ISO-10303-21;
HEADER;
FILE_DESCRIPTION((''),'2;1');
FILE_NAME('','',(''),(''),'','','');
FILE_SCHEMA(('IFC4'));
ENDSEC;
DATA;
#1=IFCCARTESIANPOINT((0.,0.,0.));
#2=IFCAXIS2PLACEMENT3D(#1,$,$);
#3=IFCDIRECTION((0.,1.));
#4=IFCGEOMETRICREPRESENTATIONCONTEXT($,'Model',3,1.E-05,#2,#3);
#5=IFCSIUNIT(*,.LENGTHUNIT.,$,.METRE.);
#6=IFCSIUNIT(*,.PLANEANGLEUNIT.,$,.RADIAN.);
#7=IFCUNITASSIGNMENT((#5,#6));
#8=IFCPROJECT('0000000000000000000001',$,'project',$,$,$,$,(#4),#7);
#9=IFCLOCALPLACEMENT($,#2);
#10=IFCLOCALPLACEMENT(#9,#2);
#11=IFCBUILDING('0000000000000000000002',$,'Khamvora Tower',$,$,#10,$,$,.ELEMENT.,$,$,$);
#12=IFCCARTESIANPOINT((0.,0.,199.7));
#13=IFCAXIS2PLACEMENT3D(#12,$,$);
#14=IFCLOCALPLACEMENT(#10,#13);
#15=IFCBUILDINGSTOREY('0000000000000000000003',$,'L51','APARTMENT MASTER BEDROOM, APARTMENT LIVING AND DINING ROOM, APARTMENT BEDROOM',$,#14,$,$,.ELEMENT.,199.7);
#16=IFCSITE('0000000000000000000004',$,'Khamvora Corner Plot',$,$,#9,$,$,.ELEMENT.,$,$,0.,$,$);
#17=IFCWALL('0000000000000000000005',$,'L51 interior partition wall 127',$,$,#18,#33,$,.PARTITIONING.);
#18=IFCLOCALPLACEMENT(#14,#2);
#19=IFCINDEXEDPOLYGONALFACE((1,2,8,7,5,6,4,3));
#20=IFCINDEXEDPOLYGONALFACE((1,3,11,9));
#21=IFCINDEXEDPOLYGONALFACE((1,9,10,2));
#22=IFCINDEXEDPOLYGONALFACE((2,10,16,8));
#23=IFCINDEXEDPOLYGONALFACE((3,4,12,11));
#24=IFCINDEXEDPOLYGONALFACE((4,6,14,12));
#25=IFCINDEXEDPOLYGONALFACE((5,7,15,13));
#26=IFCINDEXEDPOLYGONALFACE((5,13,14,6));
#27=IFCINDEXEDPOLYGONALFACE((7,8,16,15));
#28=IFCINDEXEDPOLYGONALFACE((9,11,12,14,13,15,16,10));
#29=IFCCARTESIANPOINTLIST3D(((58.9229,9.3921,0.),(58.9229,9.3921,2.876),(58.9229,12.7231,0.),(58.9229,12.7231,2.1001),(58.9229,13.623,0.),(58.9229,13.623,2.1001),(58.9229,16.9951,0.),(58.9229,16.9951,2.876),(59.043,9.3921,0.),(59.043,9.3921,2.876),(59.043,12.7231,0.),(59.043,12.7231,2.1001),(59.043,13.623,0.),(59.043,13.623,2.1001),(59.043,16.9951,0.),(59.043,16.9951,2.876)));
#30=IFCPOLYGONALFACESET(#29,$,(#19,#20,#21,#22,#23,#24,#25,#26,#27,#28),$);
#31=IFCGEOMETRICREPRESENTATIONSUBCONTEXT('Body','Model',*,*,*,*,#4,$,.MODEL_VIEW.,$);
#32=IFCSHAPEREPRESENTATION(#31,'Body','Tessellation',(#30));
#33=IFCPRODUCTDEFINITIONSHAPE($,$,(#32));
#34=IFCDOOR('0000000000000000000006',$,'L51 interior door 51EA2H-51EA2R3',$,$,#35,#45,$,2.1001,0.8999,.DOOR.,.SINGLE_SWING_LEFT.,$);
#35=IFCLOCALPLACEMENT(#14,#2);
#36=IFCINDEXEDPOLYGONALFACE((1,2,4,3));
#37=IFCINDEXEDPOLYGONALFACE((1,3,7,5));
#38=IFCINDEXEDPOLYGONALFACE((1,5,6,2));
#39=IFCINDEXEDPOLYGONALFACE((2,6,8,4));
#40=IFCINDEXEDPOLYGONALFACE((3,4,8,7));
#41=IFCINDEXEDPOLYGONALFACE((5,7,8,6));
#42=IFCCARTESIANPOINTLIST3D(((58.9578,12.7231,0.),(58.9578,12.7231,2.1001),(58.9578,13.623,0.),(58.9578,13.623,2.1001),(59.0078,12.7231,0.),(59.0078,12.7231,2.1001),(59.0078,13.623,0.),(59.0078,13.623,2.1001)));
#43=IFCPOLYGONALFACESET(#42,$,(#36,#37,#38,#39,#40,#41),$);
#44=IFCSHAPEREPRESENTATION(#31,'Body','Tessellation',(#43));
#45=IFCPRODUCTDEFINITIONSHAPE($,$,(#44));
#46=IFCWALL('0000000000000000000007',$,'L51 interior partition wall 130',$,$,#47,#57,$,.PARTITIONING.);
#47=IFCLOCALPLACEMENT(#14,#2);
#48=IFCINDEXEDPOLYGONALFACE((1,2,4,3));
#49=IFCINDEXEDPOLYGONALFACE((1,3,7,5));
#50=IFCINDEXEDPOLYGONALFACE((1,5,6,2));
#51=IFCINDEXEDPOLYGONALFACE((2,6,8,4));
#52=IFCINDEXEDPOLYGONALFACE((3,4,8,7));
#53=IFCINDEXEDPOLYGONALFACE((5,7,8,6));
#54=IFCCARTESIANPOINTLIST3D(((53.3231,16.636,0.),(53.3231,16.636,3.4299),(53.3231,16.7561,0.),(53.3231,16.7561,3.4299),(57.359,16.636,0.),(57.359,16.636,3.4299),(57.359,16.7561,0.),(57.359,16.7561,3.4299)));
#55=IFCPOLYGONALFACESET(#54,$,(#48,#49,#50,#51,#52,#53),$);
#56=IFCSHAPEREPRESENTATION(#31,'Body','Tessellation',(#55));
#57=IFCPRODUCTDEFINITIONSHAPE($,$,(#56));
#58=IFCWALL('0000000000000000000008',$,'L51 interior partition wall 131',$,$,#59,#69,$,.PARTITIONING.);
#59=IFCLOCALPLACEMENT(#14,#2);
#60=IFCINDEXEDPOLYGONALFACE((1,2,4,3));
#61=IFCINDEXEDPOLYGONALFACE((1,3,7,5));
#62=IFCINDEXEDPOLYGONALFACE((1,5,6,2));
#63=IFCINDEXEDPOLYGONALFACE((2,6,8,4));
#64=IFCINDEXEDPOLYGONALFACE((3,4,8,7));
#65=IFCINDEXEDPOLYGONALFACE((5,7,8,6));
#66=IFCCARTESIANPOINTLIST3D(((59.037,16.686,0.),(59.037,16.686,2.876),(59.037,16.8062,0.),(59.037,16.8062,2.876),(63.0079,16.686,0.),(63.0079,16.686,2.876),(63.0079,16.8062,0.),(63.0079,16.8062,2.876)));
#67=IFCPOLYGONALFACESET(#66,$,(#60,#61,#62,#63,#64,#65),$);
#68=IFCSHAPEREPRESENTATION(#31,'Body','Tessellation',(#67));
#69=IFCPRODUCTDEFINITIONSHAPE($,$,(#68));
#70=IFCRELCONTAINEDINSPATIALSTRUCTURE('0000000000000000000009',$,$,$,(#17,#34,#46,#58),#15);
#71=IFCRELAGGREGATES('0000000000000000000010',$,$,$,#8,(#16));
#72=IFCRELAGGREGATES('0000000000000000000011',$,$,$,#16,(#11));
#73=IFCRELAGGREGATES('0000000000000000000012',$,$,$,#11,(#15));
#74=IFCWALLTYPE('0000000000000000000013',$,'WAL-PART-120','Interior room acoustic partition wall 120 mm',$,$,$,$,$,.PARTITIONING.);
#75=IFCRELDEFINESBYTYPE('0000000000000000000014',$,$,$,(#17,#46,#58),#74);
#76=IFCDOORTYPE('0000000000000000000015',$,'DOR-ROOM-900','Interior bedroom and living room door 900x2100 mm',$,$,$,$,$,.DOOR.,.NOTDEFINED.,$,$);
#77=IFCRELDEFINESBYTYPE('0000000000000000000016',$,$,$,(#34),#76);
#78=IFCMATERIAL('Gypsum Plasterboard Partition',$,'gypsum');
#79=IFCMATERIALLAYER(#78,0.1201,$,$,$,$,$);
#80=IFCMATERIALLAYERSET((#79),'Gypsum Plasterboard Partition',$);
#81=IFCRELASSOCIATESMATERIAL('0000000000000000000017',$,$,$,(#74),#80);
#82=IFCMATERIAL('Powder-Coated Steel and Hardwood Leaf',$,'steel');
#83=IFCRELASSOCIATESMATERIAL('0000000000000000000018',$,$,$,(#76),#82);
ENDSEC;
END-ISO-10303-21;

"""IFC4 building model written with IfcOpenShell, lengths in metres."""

from ifc_helpers import new_model, si_unit, direction, frame, frame_2d, origin, place, context, subcontext, project, spatial, rectangle, extrude, material, layer, layer_set, type_object, element, fill, save


model = new_model("IFC4")

# Units and contexts
model_context = context("Model", 3, precision=1e-05, world=origin(), true_north=direction((0.0, 1.0)))
body_context = subcontext(model_context, "Body", "Model", "MODEL_VIEW")
ifc_project = project(units=[si_unit("LENGTHUNIT", "METRE"), si_unit("PLANEANGLEUNIT", "RADIAN")], contexts=[model_context])

# Site, building, storey
site_placement = place(None, origin())
site = spatial("IfcSite", under=ifc_project, at=site_placement, Name="Khamvora Corner Plot", CompositionType="ELEMENT", RefElevation=0.0)
building_placement = place(site_placement, origin())
building = spatial("IfcBuilding", under=site, at=building_placement, Name="Khamvora Tower", CompositionType="ELEMENT")
storey_placement = place(building_placement, frame((0.0, 0.0, 199.7)))
storey = spatial("IfcBuildingStorey", under=building, at=storey_placement, Name="L51", Description="APARTMENT MASTER BEDROOM, APARTMENT LIVING AND DINING ROOM, APARTMENT BEDROOM", CompositionType="ELEMENT", Elevation=199.7)

# Wall, opening, door
ifc_material_1 = material(Name="Gypsum Plasterboard Partition", Category="gypsum")
ifc_layer_1 = layer(ifc_material_1, 0.1201)
ifc_layer_set_1 = layer_set([ifc_layer_1], Name="Gypsum Plasterboard Partition")
wall_type_1 = type_object("IfcWallType", Name="WAL-PART-120", Description="Interior room acoustic partition wall 120 mm", PredefinedType="PARTITIONING", material=ifc_layer_set_1)
ifc_material_2 = material(Name="Powder-Coated Steel and Hardwood Leaf", Category="steel")
door_type = type_object("IfcDoorType", Name="DOR-ROOM-900", Description="Interior bedroom and living room door 900x2100 mm", OperationType="NOTDEFINED", PredefinedType="DOOR", material=ifc_material_2)
wall_1_placement = place(storey_placement, frame((58.9829, 16.9951, 0.0), z_axis=(0.0, 0.0, 1.0), x_axis=(0.0, -1.0, 0.0)))
wall_1 = element("IfcWall", 1, at=wall_1_placement, inside=storey, type_object=wall_type_1, Name="L51 interior partition wall 127", PredefinedType="PARTITIONING", context=body_context, shape_type="SweptSolid", body=[
    extrude(rectangle(XDim=7.603, YDim=0.1201, at=frame_2d((3.8015, 0.0))), origin(), (0.0, 0.0, 1.0), 2.876),
])
opening_1_placement = place(wall_1_placement, frame((3.3721, 0.0, 0.0)))
opening_1 = element("IfcOpeningElement", 2, at=opening_1_placement, cuts=wall_1, PredefinedType="OPENING", context=body_context, shape_type="SweptSolid", body=[
    extrude(rectangle(XDim=0.8999, YDim=2.1001, at=frame_2d((0.45, 1.05))), frame((0.0, 0.0701, 0.0), z_axis=(0.0, -1.0, 0.0), x_axis=(1.0, 0.0, 0.0)), (0.0, 0.0, 1.0), 0.1401),
])
door_1_placement = place(opening_1_placement, origin())
door_1 = element("IfcDoor", 3, at=door_1_placement, inside=storey, type_object=door_type, Name="L51 interior door 51EA2H-51EA2R3", OperationType="SINGLE_SWING_LEFT", OverallHeight=2.1001, OverallWidth=0.8999, PredefinedType="DOOR", context=body_context, shape_type="SweptSolid", body=[
    extrude(rectangle(XDim=0.8999, YDim=2.1001, at=frame_2d((0.45, 1.05))), frame((0.0, 0.0249, 0.0), z_axis=(0.0, -1.0, 0.0), x_axis=(1.0, 0.0, 0.0)), (0.0, 0.0, 1.0), 0.05),
])
fill(opening_1, door_1)

# Walls
wall_2_placement = place(storey_placement, frame((53.323, 16.696, 0.0), z_axis=(0.0, 0.0, 1.0), x_axis=(1.0, 0.0, 0.0)))
element("IfcWall", 4, at=wall_2_placement, inside=storey, type_object=wall_type_1, Name="L51 interior partition wall 130", PredefinedType="PARTITIONING", context=body_context, shape_type="SweptSolid", body=[
    extrude(rectangle(XDim=4.0359, YDim=0.1201, at=frame_2d((2.0181, 0.0))), origin(), (0.0, 0.0, 1.0), 3.4299),
])
wall_3_placement = place(storey_placement, frame((59.0371, 16.7461, 0.0), z_axis=(0.0, 0.0, 1.0), x_axis=(1.0, 0.0, 0.0)))
element("IfcWall", 5, at=wall_3_placement, inside=storey, type_object=wall_type_1, Name="L51 interior partition wall 131", PredefinedType="PARTITIONING", context=body_context, shape_type="SweptSolid", body=[
    extrude(rectangle(XDim=3.9709, YDim=0.1201, at=frame_2d((1.9854, 0.0))), origin(), (0.0, 0.0, 1.0), 2.876),
])

save(model, "model.ifc")
